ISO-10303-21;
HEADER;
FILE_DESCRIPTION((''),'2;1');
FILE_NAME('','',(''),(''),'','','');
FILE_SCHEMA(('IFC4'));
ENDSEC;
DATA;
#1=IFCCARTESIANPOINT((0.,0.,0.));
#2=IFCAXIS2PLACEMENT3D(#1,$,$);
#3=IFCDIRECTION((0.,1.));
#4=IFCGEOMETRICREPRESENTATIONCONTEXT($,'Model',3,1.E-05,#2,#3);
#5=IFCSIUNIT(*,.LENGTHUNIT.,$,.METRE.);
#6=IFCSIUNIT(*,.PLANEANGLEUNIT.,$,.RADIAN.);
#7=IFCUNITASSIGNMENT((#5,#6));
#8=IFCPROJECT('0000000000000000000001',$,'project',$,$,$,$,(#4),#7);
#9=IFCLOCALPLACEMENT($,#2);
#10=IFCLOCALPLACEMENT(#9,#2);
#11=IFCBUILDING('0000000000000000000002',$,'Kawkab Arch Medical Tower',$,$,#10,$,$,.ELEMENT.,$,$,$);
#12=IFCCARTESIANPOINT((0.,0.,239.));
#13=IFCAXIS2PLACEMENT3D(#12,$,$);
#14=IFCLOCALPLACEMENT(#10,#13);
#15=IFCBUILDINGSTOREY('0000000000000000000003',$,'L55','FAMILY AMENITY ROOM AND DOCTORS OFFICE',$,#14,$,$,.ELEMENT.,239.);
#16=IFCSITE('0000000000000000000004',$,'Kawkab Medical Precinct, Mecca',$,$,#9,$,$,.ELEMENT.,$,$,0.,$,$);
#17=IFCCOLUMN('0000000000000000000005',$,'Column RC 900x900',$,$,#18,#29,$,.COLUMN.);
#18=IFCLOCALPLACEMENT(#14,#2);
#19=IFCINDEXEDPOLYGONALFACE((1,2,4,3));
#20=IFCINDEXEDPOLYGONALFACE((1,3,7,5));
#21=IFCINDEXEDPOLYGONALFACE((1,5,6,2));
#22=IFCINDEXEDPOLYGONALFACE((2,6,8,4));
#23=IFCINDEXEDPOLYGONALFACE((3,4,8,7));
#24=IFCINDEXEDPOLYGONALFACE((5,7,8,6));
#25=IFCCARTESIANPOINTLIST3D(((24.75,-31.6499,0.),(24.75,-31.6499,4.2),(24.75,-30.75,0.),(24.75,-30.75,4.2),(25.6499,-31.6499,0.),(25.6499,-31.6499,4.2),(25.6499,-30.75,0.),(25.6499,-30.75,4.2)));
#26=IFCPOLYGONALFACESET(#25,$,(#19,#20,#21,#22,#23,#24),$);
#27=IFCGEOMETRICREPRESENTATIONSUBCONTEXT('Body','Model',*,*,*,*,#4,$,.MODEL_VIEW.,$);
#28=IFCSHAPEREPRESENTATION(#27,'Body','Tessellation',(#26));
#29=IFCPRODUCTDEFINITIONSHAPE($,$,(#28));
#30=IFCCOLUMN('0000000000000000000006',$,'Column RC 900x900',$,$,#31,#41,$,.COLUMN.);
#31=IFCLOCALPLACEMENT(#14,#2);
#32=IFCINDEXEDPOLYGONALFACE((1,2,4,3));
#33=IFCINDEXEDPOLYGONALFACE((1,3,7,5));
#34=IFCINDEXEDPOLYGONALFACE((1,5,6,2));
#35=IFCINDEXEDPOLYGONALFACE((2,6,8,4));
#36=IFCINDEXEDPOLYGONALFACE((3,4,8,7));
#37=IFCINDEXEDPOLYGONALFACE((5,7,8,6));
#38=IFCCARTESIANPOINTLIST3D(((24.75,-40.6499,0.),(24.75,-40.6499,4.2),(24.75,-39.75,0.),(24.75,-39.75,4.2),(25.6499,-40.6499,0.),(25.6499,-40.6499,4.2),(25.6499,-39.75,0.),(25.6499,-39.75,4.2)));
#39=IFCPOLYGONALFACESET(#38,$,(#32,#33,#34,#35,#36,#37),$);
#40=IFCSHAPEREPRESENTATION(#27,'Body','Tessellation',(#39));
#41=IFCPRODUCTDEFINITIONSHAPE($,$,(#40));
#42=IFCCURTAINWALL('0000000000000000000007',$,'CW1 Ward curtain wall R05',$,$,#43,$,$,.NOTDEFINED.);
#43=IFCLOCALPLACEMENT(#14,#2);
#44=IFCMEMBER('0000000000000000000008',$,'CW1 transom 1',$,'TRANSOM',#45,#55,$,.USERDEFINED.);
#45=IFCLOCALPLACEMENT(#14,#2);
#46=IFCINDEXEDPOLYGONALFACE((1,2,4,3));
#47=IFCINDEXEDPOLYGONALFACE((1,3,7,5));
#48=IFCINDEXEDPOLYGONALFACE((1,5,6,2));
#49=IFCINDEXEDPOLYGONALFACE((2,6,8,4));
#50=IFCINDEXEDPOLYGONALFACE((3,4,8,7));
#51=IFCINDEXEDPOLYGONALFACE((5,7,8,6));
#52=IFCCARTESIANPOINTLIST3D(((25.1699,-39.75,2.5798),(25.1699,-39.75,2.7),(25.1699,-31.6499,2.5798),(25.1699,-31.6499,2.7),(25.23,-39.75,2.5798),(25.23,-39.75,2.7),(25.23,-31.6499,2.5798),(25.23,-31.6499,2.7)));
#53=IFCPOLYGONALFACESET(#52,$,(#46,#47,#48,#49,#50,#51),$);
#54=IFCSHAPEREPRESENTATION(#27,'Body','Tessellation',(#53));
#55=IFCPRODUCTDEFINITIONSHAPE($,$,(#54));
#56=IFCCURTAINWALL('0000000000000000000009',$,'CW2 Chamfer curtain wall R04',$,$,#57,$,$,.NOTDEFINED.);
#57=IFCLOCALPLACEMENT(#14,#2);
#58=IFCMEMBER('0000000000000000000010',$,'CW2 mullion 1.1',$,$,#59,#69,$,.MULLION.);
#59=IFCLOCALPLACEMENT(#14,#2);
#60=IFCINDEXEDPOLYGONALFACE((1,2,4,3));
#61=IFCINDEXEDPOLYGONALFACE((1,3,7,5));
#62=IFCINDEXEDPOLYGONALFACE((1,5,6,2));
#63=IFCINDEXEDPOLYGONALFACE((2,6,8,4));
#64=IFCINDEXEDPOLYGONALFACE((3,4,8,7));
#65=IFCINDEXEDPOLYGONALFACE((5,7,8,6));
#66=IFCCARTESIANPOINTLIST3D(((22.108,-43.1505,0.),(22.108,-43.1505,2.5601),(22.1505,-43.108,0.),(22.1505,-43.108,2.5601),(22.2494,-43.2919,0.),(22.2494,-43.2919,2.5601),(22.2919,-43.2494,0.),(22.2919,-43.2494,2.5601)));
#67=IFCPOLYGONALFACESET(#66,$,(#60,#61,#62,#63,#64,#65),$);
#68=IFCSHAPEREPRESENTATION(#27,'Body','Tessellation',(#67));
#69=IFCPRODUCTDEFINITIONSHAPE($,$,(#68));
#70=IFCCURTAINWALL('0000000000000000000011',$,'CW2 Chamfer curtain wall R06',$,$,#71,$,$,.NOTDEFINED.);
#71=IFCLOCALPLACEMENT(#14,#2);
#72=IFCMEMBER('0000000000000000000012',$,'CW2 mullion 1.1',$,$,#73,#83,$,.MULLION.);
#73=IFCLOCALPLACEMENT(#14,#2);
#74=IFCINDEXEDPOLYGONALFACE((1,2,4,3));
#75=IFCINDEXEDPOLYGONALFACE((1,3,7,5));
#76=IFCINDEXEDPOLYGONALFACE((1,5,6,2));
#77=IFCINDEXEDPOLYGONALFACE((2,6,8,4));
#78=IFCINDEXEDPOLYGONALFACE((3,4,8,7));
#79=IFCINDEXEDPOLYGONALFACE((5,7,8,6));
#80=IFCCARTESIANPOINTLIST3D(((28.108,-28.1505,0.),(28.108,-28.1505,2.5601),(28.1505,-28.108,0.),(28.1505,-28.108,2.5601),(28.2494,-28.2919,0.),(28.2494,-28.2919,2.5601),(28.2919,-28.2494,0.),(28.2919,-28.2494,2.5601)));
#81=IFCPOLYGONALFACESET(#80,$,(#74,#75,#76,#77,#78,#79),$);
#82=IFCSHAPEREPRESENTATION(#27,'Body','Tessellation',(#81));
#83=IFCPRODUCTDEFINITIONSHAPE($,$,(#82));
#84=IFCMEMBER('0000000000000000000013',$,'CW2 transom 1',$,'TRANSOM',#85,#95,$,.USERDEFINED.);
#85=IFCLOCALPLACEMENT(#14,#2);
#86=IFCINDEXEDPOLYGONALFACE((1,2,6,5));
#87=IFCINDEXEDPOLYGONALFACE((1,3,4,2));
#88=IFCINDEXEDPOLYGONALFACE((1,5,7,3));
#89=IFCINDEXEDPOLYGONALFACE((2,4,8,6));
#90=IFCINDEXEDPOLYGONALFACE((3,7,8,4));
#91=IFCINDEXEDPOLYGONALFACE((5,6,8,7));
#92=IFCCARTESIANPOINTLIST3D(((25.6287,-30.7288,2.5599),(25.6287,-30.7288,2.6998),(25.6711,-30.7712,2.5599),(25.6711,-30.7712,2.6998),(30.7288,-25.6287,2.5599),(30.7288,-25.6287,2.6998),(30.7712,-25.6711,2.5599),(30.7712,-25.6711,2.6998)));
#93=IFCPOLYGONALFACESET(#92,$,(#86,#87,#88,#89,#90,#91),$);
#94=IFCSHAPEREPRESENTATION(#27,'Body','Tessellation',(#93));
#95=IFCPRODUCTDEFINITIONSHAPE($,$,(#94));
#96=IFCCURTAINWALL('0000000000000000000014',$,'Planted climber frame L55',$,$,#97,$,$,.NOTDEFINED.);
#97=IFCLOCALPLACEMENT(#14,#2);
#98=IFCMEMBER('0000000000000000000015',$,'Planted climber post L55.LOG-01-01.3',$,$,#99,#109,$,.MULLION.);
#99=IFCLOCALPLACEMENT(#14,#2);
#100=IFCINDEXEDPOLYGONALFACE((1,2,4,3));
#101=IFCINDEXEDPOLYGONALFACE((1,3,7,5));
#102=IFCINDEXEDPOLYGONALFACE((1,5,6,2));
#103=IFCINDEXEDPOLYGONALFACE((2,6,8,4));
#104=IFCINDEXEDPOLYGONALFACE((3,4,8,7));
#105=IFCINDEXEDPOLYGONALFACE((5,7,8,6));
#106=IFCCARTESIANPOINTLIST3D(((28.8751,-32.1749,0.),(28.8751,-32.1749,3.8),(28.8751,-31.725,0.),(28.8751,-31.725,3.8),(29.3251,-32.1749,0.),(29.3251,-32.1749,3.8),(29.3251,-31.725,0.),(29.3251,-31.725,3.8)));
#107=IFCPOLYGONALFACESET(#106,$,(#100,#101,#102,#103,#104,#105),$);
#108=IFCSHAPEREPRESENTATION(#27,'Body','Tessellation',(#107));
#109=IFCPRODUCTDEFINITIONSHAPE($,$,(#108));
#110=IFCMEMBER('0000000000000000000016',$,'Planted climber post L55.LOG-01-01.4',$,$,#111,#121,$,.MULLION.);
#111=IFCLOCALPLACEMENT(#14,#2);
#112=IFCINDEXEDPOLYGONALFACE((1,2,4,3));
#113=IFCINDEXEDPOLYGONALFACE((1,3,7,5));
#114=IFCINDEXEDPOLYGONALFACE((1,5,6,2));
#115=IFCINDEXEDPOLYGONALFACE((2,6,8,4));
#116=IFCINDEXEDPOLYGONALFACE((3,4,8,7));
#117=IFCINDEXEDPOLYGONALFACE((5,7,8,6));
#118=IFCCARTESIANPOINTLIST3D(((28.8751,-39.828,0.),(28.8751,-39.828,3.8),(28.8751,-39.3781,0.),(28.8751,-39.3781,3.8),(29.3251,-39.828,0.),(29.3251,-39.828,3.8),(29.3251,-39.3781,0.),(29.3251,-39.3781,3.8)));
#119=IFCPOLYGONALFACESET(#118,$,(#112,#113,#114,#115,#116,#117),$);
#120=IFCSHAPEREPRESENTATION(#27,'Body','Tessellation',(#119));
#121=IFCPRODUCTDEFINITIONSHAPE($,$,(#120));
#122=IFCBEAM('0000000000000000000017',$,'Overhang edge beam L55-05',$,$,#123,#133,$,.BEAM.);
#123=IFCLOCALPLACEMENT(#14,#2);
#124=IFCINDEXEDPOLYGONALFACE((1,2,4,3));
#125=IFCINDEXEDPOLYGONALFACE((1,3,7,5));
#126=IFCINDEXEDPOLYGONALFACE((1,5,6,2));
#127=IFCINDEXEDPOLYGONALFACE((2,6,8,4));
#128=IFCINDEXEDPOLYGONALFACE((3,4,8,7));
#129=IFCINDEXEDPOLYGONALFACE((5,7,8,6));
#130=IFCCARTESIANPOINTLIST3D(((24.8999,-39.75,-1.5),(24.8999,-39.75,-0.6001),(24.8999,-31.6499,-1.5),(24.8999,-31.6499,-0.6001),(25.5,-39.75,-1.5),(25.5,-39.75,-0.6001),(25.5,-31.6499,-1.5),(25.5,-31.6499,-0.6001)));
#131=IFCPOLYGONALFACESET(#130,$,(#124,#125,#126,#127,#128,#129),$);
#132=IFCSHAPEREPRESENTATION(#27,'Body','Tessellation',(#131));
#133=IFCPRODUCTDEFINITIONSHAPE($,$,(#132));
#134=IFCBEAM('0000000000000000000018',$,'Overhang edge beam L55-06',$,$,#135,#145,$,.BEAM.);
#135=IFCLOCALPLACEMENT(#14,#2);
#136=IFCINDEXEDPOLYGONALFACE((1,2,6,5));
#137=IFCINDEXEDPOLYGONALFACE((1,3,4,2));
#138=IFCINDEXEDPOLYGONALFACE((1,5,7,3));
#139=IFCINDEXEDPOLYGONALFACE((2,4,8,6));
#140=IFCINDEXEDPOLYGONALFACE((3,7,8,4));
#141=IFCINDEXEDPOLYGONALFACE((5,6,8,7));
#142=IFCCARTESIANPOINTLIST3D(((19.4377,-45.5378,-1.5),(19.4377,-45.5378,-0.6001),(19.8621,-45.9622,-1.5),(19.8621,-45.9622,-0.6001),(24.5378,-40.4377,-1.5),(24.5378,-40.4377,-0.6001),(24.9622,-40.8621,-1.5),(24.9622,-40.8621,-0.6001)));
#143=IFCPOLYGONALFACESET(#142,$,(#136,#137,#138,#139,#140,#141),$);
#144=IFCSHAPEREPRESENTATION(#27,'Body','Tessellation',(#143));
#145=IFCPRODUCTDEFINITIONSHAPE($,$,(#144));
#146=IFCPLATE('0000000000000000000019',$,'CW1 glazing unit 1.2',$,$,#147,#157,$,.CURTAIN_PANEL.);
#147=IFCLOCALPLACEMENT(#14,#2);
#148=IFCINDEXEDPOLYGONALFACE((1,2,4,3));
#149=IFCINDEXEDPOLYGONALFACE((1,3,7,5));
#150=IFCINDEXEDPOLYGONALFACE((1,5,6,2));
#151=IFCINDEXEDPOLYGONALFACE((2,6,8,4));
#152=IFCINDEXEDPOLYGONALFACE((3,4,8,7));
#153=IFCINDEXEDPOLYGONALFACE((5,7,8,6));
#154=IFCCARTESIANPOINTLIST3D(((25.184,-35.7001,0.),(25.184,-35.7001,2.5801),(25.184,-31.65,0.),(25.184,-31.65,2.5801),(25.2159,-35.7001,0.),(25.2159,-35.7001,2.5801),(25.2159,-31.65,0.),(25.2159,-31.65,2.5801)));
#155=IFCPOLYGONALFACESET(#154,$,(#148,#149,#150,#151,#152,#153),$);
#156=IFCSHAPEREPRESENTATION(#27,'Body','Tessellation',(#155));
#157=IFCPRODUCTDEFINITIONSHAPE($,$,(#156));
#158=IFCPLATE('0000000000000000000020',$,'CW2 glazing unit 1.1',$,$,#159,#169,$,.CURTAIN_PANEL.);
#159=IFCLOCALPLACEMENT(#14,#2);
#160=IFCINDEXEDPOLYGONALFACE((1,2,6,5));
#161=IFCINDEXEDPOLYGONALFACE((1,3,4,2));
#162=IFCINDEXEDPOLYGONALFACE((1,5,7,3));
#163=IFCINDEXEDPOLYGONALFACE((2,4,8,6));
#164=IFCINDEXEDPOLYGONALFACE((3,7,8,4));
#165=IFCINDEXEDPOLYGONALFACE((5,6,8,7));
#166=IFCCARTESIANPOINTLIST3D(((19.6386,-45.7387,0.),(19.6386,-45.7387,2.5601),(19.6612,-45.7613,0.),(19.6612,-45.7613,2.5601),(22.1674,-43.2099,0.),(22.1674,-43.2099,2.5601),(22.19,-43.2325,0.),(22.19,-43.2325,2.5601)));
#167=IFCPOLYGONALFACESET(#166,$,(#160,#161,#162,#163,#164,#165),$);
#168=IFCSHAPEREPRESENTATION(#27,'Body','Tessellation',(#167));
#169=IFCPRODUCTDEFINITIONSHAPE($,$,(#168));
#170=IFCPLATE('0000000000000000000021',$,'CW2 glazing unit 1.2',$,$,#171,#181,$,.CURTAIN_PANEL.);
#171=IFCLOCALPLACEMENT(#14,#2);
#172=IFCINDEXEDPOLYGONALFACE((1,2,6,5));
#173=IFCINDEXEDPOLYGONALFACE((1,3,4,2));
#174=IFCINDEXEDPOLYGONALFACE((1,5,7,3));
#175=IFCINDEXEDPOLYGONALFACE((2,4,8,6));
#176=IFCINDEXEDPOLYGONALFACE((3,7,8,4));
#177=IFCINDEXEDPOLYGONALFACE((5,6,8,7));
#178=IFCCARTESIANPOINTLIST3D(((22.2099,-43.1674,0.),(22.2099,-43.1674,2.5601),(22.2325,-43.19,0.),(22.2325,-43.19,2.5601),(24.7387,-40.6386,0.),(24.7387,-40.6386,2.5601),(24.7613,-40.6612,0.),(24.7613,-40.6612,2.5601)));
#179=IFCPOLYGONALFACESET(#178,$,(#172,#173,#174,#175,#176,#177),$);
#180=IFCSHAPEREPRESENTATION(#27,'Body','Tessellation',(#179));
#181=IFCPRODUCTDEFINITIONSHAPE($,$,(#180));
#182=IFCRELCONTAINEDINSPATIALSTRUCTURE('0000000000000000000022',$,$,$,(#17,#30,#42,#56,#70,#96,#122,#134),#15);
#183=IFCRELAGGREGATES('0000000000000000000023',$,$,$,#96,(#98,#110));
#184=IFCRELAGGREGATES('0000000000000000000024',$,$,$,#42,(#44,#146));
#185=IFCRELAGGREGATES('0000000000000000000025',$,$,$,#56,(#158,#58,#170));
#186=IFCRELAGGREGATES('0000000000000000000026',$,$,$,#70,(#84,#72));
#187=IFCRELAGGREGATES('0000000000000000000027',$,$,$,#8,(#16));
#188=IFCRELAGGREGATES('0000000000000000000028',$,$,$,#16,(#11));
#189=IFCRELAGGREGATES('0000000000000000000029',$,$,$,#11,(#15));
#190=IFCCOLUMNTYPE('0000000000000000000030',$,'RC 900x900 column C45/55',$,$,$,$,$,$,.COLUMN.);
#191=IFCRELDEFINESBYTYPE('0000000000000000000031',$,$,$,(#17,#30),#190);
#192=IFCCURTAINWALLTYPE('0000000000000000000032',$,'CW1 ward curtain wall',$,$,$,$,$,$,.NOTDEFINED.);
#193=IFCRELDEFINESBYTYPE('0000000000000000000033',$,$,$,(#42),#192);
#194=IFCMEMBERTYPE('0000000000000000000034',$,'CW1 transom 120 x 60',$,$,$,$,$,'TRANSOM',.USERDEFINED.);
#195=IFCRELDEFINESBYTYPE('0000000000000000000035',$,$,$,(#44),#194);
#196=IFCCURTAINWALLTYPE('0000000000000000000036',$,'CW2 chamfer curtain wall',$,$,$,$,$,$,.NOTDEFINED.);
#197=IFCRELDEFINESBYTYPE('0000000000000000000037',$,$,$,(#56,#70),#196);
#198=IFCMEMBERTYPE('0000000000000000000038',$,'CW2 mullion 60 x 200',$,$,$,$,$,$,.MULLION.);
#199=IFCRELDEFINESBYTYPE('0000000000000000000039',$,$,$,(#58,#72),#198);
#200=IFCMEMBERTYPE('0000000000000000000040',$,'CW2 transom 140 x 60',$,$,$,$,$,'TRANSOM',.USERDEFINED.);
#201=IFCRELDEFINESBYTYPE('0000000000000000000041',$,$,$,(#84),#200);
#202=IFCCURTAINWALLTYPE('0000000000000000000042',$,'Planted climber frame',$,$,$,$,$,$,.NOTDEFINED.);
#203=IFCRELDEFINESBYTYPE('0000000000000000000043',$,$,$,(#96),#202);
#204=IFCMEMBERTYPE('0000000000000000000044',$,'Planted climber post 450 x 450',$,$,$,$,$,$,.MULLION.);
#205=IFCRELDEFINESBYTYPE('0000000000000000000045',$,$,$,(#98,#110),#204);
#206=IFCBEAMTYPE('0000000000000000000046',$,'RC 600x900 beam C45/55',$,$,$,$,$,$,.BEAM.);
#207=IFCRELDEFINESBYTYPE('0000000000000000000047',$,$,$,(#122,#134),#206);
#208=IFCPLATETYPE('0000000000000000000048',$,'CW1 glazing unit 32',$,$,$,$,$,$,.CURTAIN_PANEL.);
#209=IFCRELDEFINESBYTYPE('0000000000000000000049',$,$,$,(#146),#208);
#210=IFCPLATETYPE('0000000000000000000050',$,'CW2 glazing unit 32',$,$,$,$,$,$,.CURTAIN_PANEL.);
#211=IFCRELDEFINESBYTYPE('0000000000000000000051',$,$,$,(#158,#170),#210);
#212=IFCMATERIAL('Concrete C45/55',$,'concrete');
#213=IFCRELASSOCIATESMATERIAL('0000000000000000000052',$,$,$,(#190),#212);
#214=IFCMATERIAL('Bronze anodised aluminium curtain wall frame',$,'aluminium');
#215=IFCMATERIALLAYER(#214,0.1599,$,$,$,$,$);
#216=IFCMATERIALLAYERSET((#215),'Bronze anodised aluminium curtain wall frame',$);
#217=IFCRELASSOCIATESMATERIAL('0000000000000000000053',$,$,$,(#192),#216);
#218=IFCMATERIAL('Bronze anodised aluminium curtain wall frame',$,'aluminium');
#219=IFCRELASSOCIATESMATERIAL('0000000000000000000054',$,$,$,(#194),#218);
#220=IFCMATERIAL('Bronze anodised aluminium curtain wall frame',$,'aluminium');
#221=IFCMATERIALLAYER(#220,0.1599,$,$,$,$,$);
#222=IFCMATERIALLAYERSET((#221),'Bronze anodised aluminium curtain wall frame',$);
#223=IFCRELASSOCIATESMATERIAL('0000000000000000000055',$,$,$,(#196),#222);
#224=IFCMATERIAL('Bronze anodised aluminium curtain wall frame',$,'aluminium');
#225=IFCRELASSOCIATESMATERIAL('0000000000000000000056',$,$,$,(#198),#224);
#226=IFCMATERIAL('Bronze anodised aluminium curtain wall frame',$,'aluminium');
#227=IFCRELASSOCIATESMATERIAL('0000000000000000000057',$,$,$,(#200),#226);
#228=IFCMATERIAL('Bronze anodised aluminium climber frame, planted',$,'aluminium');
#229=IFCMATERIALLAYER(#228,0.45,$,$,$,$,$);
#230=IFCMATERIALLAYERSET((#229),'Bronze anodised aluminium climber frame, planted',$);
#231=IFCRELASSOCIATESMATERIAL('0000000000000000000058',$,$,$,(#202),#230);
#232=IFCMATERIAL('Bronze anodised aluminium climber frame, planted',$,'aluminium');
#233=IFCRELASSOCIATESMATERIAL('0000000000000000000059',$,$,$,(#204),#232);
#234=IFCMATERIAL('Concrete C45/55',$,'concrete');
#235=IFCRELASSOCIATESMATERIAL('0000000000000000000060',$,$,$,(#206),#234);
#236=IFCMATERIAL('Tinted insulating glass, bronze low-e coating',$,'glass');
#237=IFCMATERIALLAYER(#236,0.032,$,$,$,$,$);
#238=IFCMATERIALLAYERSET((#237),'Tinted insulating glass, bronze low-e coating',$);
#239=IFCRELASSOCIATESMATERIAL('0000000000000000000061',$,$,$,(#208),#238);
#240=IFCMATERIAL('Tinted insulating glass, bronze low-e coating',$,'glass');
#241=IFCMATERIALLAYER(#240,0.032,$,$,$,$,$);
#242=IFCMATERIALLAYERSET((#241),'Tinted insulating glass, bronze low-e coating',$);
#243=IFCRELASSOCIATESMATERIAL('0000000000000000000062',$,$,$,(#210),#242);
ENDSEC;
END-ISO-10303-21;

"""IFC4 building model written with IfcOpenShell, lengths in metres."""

from ifc_helpers import new_model, si_unit, direction, frame, origin, origin_2d, place, context, subcontext, project, spatial, rectangle, extrude, material, layer, layer_set, material_profile, profile_set, type_object, element, aggregate, save


model = new_model("IFC4")

# Units and contexts
model_context = context("Model", 3, precision=1e-05, world=origin(), true_north=direction((0.0, 1.0)))
body_context = subcontext(model_context, "Body", "Model", "MODEL_VIEW")
ifc_project = project(units=[si_unit("LENGTHUNIT", "METRE"), si_unit("PLANEANGLEUNIT", "RADIAN")], contexts=[model_context])

# Site, building, storey
site_placement = place(None, origin())
site = spatial("IfcSite", under=ifc_project, at=site_placement, Name="Kawkab Medical Precinct, Mecca", CompositionType="ELEMENT", RefElevation=0.0)
building_placement = place(site_placement, origin())
building = spatial("IfcBuilding", under=site, at=building_placement, Name="Kawkab Arch Medical Tower", CompositionType="ELEMENT")
storey_placement = place(building_placement, frame((0.0, 0.0, 239.0)))
storey = spatial("IfcBuildingStorey", under=building, at=storey_placement, Name="L55", Description="FAMILY AMENITY ROOM AND DOCTORS OFFICE", CompositionType="ELEMENT", Elevation=239.0)

# Columns
ifc_material_1 = material(Name="Concrete C45/55", Category="concrete")
ifc_material_profile_1 = material_profile(ifc_material_1, rectangle(XDim=0.8999, YDim=0.8999, at=origin_2d()), Name="RC 900x900")
ifc_profile_set_1 = profile_set([ifc_material_profile_1], Name="Concrete C45/55")
column_type = type_object("IfcColumnType", Name="RC 900x900 column C45/55", PredefinedType="COLUMN", material=ifc_profile_set_1)
for number, where, z_axis, x_axis, name in (
    (1, (25.2, -31.2, 0.0), (0.0, 0.0, 1.0), (1.0, 0.0, 0.0), "Column RC 900x900"),
    (2, (25.2, -40.2, 0.0), (0.0, 0.0, 1.0), (1.0, 0.0, 0.0), "Column RC 900x900"),
):
    element("IfcColumn", number, at=place(storey_placement, frame(where, z_axis=z_axis, x_axis=x_axis)), inside=storey, type_object=column_type, Name=name, PredefinedType="COLUMN", context=body_context, shape_type="SweptSolid", body=[
        extrude(rectangle(XDim=0.8999, YDim=0.8999, at=origin_2d()), origin(), (0.0, 0.0, 1.0), 4.2),
    ])

# Curtain walls, members
ifc_material_2 = material(Name="Bronze anodised aluminium curtain wall frame", Category="aluminium")
ifc_layer_1 = layer(ifc_material_2, 0.1599)
ifc_layer_set_1 = layer_set([ifc_layer_1], Name="Bronze anodised aluminium curtain wall frame")
curtain_wall_type_1 = type_object("IfcCurtainWallType", Name="CW1 ward curtain wall", PredefinedType="NOTDEFINED", material=ifc_layer_set_1)
placement = place(storey_placement, origin())
curtain_wall_1 = element("IfcCurtainWall", 3, at=placement, inside=storey, type_object=curtain_wall_type_1, Name="CW1 Ward curtain wall R05", PredefinedType="NOTDEFINED")
ifc_material_3 = material(Name="Bronze anodised aluminium curtain wall frame", Category="aluminium")
ifc_material_profile_2 = material_profile(ifc_material_3, rectangle(XDim=0.0601, YDim=0.1201, at=origin_2d()), Name="AL 60x120")
ifc_profile_set_2 = profile_set([ifc_material_profile_2], Name="Bronze anodised aluminium curtain wall frame")
member_type_1 = type_object("IfcMemberType", Name="CW1 transom 120 x 60", ElementType="TRANSOM", PredefinedType="USERDEFINED", material=ifc_profile_set_2)
member_1_placement = place(storey_placement, frame((25.2, -39.75, 2.6399), z_axis=(0.0, 1.0, 0.0), x_axis=(-1.0, 0.0, 0.0)))
member_1 = element("IfcMember", 4, at=member_1_placement, type_object=member_type_1, Name="CW1 transom 1", ObjectType="TRANSOM", PredefinedType="USERDEFINED", context=body_context, shape_type="SweptSolid", body=[
    extrude(rectangle(XDim=0.0601, YDim=0.1201, at=origin_2d()), origin(), (0.0, 0.0, 1.0), 8.1001),
])
ifc_material_4 = material(Name="Bronze anodised aluminium curtain wall frame", Category="aluminium")
ifc_layer_2 = layer(ifc_material_4, 0.1599)
ifc_layer_set_2 = layer_set([ifc_layer_2], Name="Bronze anodised aluminium curtain wall frame")
curtain_wall_type_2 = type_object("IfcCurtainWallType", Name="CW2 chamfer curtain wall", PredefinedType="NOTDEFINED", material=ifc_layer_set_2)
curtain_wall_2 = element("IfcCurtainWall", 5, at=placement, inside=storey, type_object=curtain_wall_type_2, Name="CW2 Chamfer curtain wall R04", PredefinedType="NOTDEFINED")
ifc_material_5 = material(Name="Bronze anodised aluminium curtain wall frame", Category="aluminium")
ifc_material_profile_3 = material_profile(ifc_material_5, rectangle(XDim=0.2, YDim=0.0601, at=origin_2d()), Name="AL 60x200")
ifc_profile_set_3 = profile_set([ifc_material_profile_3], Name="Bronze anodised aluminium curtain wall frame")
member_type_2 = type_object("IfcMemberType", Name="CW2 mullion 60 x 200", PredefinedType="MULLION", material=ifc_profile_set_3)
member_2_placement = place(storey_placement, frame((22.2, -43.2, 0.0), z_axis=(0.0, 0.0, 1.0), x_axis=(-0.707107, 0.707107, 0.0)))
member_2 = element("IfcMember", 6, at=member_2_placement, type_object=member_type_2, Name="CW2 mullion 1.1", PredefinedType="MULLION", context=body_context, shape_type="SweptSolid", body=[
    extrude(rectangle(XDim=0.2, YDim=0.0601, at=origin_2d()), origin(), (0.0, 0.0, 1.0), 2.5601),
])

# Curtain walls, members
curtain_wall_3 = element("IfcCurtainWall", 7, at=placement, inside=storey, type_object=curtain_wall_type_2, Name="CW2 Chamfer curtain wall R06", PredefinedType="NOTDEFINED")
member_3_placement = place(storey_placement, frame((28.2, -28.2, 0.0), z_axis=(0.0, 0.0, 1.0), x_axis=(-0.707107, 0.707107, 0.0)))
member_3 = element("IfcMember", 8, at=member_3_placement, type_object=member_type_2, Name="CW2 mullion 1.1", PredefinedType="MULLION", context=body_context, shape_type="SweptSolid", body=[
    extrude(rectangle(XDim=0.2, YDim=0.0601, at=origin_2d()), origin(), (0.0, 0.0, 1.0), 2.5601),
])
ifc_material_6 = material(Name="Bronze anodised aluminium curtain wall frame", Category="aluminium")
ifc_material_profile_4 = material_profile(ifc_material_6, rectangle(XDim=0.0601, YDim=0.1399, at=origin_2d()), Name="AL 60x140")
ifc_profile_set_4 = profile_set([ifc_material_profile_4], Name="Bronze anodised aluminium curtain wall frame")
member_type_3 = type_object("IfcMemberType", Name="CW2 transom 140 x 60", ElementType="TRANSOM", PredefinedType="USERDEFINED", material=ifc_profile_set_4)
member_4_placement = place(storey_placement, frame((25.6499, -30.75, 2.6299), z_axis=(0.707107, 0.707107, 0.0), x_axis=(-0.707107, 0.707107, 0.0)))
member_4 = element("IfcMember", 9, at=member_4_placement, type_object=member_type_3, Name="CW2 transom 1", ObjectType="TRANSOM", PredefinedType="USERDEFINED", context=body_context, shape_type="SweptSolid", body=[
    extrude(rectangle(XDim=0.0601, YDim=0.1399, at=origin_2d()), origin(), (0.0, 0.0, 1.0), 7.2126),
])
ifc_material_7 = material(Name="Bronze anodised aluminium climber frame, planted", Category="aluminium")
ifc_layer_3 = layer(ifc_material_7, 0.45)
ifc_layer_set_3 = layer_set([ifc_layer_3], Name="Bronze anodised aluminium climber frame, planted")
curtain_wall_type_3 = type_object("IfcCurtainWallType", Name="Planted climber frame", PredefinedType="NOTDEFINED", material=ifc_layer_set_3)
curtain_wall_4 = element("IfcCurtainWall", 10, at=placement, inside=storey, type_object=curtain_wall_type_3, Name="Planted climber frame L55", PredefinedType="NOTDEFINED")
ifc_material_8 = material(Name="Bronze anodised aluminium climber frame, planted", Category="aluminium")
ifc_material_profile_5 = material_profile(ifc_material_8, rectangle(XDim=0.45, YDim=0.45, at=origin_2d()), Name="Post 450x450")
ifc_profile_set_5 = profile_set([ifc_material_profile_5], Name="Bronze anodised aluminium climber frame, planted")
member_type_4 = type_object("IfcMemberType", Name="Planted climber post 450 x 450", PredefinedType="MULLION", material=ifc_profile_set_5)
member_5_placement = place(storey_placement, frame((29.1001, -31.95, 0.0), z_axis=(0.0, 0.0, 1.0), x_axis=(1.0, 0.0, 0.0)))
member_5 = element("IfcMember", 11, at=member_5_placement, type_object=member_type_4, Name="Planted climber post L55.LOG-01-01.3", PredefinedType="MULLION", context=body_context, shape_type="SweptSolid", body=[
    extrude(rectangle(XDim=0.45, YDim=0.45, at=origin_2d()), origin(), (0.0, 0.0, 1.0), 3.8),
])
member_6_placement = place(storey_placement, frame((29.1001, -39.603, 0.0), z_axis=(0.0, 0.0, 1.0), x_axis=(1.0, 0.0, 0.0)))
member_6 = element("IfcMember", 12, at=member_6_placement, type_object=member_type_4, Name="Planted climber post L55.LOG-01-01.4", PredefinedType="MULLION", context=body_context, shape_type="SweptSolid", body=[
    extrude(rectangle(XDim=0.45, YDim=0.45, at=origin_2d()), origin(), (0.0, 0.0, 1.0), 3.8),
])
aggregate(curtain_wall_4, [member_5, member_6])

# Beams
ifc_material_9 = material(Name="Concrete C45/55", Category="concrete")
ifc_material_profile_6 = material_profile(ifc_material_9, rectangle(XDim=0.6001, YDim=0.8999, at=origin_2d()), Name="RC 600x900")
ifc_profile_set_6 = profile_set([ifc_material_profile_6], Name="Concrete C45/55")
beam_type = type_object("IfcBeamType", Name="RC 600x900 beam C45/55", PredefinedType="BEAM", material=ifc_profile_set_6)
beam_1_placement = place(storey_placement, frame((25.2, -31.6499, -1.05), z_axis=(0.0, -1.0, 0.0), x_axis=(1.0, 0.0, 0.0)))
element("IfcBeam", 13, at=beam_1_placement, inside=storey, type_object=beam_type, Name="Overhang edge beam L55-05", PredefinedType="BEAM", context=body_context, shape_type="SweptSolid", body=[
    extrude(rectangle(XDim=0.6001, YDim=0.8999, at=origin_2d()), origin(), (0.0, 0.0, 1.0), 8.1001),
])
beam_2_placement = place(storey_placement, frame((24.75, -40.6499, -1.05), z_axis=(-0.707107, -0.707107, 0.0), x_axis=(0.707107, -0.707107, 0.0)))
element("IfcBeam", 14, at=beam_2_placement, inside=storey, type_object=beam_type, Name="Overhang edge beam L55-06", PredefinedType="BEAM", context=body_context, shape_type="SweptSolid", body=[
    extrude(rectangle(XDim=0.6001, YDim=0.8999, at=origin_2d()), origin(), (0.0, 0.0, 1.0), 7.2126),
])

# Plates
ifc_material_10 = material(Name="Tinted insulating glass, bronze low-e coating", Category="glass")
ifc_layer_4 = layer(ifc_material_10, 0.032)
ifc_layer_set_4 = layer_set([ifc_layer_4], Name="Tinted insulating glass, bronze low-e coating")
plate_type_1 = type_object("IfcPlateType", Name="CW1 glazing unit 32", PredefinedType="CURTAIN_PANEL", material=ifc_layer_set_4)
plate_1_placement = place(storey_placement, frame((25.2, -33.675, 0.0), z_axis=(0.0, 0.0, 1.0), x_axis=(0.0, 1.0, 0.0)))
plate_1 = element("IfcPlate", 15, at=plate_1_placement, type_object=plate_type_1, Name="CW1 glazing unit 1.2", PredefinedType="CURTAIN_PANEL", context=body_context, shape_type="SweptSolid", body=[
    extrude(rectangle(XDim=4.05, YDim=0.032, at=origin_2d()), origin(), (0.0, 0.0, 1.0), 2.5801),
])
aggregate(curtain_wall_1, [member_1, plate_1])
ifc_material_11 = material(Name="Tinted insulating glass, bronze low-e coating", Category="glass")
ifc_layer_5 = layer(ifc_material_11, 0.032)
ifc_layer_set_5 = layer_set([ifc_layer_5], Name="Tinted insulating glass, bronze low-e coating")
plate_type_2 = type_object("IfcPlateType", Name="CW2 glazing unit 32", PredefinedType="CURTAIN_PANEL", material=ifc_layer_set_5)
plate_2_placement = place(storey_placement, frame((20.9143, -44.4856, 0.0), z_axis=(0.0, 0.0, 1.0), x_axis=(0.707107, 0.707107, 0.0)))
plate_2 = element("IfcPlate", 16, at=plate_2_placement, type_object=plate_type_2, Name="CW2 glazing unit 1.1", PredefinedType="CURTAIN_PANEL", context=body_context, shape_type="SweptSolid", body=[
    extrude(rectangle(XDim=3.5762, YDim=0.032, at=origin_2d()), origin(), (0.0, 0.0, 1.0), 2.5601),
])
plate_3_placement = place(storey_placement, frame((23.4856, -41.9143, 0.0), z_axis=(0.0, 0.0, 1.0), x_axis=(0.707107, 0.707107, 0.0)))
plate_3 = element("IfcPlate", 17, at=plate_3_placement, type_object=plate_type_2, Name="CW2 glazing unit 1.2", PredefinedType="CURTAIN_PANEL", context=body_context, shape_type="SweptSolid", body=[
    extrude(rectangle(XDim=3.5762, YDim=0.032, at=origin_2d()), origin(), (0.0, 0.0, 1.0), 2.5601),
])
aggregate(curtain_wall_2, [plate_2, member_2, plate_3])
aggregate(curtain_wall_3, [member_4, member_3])

save(model, "model.ifc")
